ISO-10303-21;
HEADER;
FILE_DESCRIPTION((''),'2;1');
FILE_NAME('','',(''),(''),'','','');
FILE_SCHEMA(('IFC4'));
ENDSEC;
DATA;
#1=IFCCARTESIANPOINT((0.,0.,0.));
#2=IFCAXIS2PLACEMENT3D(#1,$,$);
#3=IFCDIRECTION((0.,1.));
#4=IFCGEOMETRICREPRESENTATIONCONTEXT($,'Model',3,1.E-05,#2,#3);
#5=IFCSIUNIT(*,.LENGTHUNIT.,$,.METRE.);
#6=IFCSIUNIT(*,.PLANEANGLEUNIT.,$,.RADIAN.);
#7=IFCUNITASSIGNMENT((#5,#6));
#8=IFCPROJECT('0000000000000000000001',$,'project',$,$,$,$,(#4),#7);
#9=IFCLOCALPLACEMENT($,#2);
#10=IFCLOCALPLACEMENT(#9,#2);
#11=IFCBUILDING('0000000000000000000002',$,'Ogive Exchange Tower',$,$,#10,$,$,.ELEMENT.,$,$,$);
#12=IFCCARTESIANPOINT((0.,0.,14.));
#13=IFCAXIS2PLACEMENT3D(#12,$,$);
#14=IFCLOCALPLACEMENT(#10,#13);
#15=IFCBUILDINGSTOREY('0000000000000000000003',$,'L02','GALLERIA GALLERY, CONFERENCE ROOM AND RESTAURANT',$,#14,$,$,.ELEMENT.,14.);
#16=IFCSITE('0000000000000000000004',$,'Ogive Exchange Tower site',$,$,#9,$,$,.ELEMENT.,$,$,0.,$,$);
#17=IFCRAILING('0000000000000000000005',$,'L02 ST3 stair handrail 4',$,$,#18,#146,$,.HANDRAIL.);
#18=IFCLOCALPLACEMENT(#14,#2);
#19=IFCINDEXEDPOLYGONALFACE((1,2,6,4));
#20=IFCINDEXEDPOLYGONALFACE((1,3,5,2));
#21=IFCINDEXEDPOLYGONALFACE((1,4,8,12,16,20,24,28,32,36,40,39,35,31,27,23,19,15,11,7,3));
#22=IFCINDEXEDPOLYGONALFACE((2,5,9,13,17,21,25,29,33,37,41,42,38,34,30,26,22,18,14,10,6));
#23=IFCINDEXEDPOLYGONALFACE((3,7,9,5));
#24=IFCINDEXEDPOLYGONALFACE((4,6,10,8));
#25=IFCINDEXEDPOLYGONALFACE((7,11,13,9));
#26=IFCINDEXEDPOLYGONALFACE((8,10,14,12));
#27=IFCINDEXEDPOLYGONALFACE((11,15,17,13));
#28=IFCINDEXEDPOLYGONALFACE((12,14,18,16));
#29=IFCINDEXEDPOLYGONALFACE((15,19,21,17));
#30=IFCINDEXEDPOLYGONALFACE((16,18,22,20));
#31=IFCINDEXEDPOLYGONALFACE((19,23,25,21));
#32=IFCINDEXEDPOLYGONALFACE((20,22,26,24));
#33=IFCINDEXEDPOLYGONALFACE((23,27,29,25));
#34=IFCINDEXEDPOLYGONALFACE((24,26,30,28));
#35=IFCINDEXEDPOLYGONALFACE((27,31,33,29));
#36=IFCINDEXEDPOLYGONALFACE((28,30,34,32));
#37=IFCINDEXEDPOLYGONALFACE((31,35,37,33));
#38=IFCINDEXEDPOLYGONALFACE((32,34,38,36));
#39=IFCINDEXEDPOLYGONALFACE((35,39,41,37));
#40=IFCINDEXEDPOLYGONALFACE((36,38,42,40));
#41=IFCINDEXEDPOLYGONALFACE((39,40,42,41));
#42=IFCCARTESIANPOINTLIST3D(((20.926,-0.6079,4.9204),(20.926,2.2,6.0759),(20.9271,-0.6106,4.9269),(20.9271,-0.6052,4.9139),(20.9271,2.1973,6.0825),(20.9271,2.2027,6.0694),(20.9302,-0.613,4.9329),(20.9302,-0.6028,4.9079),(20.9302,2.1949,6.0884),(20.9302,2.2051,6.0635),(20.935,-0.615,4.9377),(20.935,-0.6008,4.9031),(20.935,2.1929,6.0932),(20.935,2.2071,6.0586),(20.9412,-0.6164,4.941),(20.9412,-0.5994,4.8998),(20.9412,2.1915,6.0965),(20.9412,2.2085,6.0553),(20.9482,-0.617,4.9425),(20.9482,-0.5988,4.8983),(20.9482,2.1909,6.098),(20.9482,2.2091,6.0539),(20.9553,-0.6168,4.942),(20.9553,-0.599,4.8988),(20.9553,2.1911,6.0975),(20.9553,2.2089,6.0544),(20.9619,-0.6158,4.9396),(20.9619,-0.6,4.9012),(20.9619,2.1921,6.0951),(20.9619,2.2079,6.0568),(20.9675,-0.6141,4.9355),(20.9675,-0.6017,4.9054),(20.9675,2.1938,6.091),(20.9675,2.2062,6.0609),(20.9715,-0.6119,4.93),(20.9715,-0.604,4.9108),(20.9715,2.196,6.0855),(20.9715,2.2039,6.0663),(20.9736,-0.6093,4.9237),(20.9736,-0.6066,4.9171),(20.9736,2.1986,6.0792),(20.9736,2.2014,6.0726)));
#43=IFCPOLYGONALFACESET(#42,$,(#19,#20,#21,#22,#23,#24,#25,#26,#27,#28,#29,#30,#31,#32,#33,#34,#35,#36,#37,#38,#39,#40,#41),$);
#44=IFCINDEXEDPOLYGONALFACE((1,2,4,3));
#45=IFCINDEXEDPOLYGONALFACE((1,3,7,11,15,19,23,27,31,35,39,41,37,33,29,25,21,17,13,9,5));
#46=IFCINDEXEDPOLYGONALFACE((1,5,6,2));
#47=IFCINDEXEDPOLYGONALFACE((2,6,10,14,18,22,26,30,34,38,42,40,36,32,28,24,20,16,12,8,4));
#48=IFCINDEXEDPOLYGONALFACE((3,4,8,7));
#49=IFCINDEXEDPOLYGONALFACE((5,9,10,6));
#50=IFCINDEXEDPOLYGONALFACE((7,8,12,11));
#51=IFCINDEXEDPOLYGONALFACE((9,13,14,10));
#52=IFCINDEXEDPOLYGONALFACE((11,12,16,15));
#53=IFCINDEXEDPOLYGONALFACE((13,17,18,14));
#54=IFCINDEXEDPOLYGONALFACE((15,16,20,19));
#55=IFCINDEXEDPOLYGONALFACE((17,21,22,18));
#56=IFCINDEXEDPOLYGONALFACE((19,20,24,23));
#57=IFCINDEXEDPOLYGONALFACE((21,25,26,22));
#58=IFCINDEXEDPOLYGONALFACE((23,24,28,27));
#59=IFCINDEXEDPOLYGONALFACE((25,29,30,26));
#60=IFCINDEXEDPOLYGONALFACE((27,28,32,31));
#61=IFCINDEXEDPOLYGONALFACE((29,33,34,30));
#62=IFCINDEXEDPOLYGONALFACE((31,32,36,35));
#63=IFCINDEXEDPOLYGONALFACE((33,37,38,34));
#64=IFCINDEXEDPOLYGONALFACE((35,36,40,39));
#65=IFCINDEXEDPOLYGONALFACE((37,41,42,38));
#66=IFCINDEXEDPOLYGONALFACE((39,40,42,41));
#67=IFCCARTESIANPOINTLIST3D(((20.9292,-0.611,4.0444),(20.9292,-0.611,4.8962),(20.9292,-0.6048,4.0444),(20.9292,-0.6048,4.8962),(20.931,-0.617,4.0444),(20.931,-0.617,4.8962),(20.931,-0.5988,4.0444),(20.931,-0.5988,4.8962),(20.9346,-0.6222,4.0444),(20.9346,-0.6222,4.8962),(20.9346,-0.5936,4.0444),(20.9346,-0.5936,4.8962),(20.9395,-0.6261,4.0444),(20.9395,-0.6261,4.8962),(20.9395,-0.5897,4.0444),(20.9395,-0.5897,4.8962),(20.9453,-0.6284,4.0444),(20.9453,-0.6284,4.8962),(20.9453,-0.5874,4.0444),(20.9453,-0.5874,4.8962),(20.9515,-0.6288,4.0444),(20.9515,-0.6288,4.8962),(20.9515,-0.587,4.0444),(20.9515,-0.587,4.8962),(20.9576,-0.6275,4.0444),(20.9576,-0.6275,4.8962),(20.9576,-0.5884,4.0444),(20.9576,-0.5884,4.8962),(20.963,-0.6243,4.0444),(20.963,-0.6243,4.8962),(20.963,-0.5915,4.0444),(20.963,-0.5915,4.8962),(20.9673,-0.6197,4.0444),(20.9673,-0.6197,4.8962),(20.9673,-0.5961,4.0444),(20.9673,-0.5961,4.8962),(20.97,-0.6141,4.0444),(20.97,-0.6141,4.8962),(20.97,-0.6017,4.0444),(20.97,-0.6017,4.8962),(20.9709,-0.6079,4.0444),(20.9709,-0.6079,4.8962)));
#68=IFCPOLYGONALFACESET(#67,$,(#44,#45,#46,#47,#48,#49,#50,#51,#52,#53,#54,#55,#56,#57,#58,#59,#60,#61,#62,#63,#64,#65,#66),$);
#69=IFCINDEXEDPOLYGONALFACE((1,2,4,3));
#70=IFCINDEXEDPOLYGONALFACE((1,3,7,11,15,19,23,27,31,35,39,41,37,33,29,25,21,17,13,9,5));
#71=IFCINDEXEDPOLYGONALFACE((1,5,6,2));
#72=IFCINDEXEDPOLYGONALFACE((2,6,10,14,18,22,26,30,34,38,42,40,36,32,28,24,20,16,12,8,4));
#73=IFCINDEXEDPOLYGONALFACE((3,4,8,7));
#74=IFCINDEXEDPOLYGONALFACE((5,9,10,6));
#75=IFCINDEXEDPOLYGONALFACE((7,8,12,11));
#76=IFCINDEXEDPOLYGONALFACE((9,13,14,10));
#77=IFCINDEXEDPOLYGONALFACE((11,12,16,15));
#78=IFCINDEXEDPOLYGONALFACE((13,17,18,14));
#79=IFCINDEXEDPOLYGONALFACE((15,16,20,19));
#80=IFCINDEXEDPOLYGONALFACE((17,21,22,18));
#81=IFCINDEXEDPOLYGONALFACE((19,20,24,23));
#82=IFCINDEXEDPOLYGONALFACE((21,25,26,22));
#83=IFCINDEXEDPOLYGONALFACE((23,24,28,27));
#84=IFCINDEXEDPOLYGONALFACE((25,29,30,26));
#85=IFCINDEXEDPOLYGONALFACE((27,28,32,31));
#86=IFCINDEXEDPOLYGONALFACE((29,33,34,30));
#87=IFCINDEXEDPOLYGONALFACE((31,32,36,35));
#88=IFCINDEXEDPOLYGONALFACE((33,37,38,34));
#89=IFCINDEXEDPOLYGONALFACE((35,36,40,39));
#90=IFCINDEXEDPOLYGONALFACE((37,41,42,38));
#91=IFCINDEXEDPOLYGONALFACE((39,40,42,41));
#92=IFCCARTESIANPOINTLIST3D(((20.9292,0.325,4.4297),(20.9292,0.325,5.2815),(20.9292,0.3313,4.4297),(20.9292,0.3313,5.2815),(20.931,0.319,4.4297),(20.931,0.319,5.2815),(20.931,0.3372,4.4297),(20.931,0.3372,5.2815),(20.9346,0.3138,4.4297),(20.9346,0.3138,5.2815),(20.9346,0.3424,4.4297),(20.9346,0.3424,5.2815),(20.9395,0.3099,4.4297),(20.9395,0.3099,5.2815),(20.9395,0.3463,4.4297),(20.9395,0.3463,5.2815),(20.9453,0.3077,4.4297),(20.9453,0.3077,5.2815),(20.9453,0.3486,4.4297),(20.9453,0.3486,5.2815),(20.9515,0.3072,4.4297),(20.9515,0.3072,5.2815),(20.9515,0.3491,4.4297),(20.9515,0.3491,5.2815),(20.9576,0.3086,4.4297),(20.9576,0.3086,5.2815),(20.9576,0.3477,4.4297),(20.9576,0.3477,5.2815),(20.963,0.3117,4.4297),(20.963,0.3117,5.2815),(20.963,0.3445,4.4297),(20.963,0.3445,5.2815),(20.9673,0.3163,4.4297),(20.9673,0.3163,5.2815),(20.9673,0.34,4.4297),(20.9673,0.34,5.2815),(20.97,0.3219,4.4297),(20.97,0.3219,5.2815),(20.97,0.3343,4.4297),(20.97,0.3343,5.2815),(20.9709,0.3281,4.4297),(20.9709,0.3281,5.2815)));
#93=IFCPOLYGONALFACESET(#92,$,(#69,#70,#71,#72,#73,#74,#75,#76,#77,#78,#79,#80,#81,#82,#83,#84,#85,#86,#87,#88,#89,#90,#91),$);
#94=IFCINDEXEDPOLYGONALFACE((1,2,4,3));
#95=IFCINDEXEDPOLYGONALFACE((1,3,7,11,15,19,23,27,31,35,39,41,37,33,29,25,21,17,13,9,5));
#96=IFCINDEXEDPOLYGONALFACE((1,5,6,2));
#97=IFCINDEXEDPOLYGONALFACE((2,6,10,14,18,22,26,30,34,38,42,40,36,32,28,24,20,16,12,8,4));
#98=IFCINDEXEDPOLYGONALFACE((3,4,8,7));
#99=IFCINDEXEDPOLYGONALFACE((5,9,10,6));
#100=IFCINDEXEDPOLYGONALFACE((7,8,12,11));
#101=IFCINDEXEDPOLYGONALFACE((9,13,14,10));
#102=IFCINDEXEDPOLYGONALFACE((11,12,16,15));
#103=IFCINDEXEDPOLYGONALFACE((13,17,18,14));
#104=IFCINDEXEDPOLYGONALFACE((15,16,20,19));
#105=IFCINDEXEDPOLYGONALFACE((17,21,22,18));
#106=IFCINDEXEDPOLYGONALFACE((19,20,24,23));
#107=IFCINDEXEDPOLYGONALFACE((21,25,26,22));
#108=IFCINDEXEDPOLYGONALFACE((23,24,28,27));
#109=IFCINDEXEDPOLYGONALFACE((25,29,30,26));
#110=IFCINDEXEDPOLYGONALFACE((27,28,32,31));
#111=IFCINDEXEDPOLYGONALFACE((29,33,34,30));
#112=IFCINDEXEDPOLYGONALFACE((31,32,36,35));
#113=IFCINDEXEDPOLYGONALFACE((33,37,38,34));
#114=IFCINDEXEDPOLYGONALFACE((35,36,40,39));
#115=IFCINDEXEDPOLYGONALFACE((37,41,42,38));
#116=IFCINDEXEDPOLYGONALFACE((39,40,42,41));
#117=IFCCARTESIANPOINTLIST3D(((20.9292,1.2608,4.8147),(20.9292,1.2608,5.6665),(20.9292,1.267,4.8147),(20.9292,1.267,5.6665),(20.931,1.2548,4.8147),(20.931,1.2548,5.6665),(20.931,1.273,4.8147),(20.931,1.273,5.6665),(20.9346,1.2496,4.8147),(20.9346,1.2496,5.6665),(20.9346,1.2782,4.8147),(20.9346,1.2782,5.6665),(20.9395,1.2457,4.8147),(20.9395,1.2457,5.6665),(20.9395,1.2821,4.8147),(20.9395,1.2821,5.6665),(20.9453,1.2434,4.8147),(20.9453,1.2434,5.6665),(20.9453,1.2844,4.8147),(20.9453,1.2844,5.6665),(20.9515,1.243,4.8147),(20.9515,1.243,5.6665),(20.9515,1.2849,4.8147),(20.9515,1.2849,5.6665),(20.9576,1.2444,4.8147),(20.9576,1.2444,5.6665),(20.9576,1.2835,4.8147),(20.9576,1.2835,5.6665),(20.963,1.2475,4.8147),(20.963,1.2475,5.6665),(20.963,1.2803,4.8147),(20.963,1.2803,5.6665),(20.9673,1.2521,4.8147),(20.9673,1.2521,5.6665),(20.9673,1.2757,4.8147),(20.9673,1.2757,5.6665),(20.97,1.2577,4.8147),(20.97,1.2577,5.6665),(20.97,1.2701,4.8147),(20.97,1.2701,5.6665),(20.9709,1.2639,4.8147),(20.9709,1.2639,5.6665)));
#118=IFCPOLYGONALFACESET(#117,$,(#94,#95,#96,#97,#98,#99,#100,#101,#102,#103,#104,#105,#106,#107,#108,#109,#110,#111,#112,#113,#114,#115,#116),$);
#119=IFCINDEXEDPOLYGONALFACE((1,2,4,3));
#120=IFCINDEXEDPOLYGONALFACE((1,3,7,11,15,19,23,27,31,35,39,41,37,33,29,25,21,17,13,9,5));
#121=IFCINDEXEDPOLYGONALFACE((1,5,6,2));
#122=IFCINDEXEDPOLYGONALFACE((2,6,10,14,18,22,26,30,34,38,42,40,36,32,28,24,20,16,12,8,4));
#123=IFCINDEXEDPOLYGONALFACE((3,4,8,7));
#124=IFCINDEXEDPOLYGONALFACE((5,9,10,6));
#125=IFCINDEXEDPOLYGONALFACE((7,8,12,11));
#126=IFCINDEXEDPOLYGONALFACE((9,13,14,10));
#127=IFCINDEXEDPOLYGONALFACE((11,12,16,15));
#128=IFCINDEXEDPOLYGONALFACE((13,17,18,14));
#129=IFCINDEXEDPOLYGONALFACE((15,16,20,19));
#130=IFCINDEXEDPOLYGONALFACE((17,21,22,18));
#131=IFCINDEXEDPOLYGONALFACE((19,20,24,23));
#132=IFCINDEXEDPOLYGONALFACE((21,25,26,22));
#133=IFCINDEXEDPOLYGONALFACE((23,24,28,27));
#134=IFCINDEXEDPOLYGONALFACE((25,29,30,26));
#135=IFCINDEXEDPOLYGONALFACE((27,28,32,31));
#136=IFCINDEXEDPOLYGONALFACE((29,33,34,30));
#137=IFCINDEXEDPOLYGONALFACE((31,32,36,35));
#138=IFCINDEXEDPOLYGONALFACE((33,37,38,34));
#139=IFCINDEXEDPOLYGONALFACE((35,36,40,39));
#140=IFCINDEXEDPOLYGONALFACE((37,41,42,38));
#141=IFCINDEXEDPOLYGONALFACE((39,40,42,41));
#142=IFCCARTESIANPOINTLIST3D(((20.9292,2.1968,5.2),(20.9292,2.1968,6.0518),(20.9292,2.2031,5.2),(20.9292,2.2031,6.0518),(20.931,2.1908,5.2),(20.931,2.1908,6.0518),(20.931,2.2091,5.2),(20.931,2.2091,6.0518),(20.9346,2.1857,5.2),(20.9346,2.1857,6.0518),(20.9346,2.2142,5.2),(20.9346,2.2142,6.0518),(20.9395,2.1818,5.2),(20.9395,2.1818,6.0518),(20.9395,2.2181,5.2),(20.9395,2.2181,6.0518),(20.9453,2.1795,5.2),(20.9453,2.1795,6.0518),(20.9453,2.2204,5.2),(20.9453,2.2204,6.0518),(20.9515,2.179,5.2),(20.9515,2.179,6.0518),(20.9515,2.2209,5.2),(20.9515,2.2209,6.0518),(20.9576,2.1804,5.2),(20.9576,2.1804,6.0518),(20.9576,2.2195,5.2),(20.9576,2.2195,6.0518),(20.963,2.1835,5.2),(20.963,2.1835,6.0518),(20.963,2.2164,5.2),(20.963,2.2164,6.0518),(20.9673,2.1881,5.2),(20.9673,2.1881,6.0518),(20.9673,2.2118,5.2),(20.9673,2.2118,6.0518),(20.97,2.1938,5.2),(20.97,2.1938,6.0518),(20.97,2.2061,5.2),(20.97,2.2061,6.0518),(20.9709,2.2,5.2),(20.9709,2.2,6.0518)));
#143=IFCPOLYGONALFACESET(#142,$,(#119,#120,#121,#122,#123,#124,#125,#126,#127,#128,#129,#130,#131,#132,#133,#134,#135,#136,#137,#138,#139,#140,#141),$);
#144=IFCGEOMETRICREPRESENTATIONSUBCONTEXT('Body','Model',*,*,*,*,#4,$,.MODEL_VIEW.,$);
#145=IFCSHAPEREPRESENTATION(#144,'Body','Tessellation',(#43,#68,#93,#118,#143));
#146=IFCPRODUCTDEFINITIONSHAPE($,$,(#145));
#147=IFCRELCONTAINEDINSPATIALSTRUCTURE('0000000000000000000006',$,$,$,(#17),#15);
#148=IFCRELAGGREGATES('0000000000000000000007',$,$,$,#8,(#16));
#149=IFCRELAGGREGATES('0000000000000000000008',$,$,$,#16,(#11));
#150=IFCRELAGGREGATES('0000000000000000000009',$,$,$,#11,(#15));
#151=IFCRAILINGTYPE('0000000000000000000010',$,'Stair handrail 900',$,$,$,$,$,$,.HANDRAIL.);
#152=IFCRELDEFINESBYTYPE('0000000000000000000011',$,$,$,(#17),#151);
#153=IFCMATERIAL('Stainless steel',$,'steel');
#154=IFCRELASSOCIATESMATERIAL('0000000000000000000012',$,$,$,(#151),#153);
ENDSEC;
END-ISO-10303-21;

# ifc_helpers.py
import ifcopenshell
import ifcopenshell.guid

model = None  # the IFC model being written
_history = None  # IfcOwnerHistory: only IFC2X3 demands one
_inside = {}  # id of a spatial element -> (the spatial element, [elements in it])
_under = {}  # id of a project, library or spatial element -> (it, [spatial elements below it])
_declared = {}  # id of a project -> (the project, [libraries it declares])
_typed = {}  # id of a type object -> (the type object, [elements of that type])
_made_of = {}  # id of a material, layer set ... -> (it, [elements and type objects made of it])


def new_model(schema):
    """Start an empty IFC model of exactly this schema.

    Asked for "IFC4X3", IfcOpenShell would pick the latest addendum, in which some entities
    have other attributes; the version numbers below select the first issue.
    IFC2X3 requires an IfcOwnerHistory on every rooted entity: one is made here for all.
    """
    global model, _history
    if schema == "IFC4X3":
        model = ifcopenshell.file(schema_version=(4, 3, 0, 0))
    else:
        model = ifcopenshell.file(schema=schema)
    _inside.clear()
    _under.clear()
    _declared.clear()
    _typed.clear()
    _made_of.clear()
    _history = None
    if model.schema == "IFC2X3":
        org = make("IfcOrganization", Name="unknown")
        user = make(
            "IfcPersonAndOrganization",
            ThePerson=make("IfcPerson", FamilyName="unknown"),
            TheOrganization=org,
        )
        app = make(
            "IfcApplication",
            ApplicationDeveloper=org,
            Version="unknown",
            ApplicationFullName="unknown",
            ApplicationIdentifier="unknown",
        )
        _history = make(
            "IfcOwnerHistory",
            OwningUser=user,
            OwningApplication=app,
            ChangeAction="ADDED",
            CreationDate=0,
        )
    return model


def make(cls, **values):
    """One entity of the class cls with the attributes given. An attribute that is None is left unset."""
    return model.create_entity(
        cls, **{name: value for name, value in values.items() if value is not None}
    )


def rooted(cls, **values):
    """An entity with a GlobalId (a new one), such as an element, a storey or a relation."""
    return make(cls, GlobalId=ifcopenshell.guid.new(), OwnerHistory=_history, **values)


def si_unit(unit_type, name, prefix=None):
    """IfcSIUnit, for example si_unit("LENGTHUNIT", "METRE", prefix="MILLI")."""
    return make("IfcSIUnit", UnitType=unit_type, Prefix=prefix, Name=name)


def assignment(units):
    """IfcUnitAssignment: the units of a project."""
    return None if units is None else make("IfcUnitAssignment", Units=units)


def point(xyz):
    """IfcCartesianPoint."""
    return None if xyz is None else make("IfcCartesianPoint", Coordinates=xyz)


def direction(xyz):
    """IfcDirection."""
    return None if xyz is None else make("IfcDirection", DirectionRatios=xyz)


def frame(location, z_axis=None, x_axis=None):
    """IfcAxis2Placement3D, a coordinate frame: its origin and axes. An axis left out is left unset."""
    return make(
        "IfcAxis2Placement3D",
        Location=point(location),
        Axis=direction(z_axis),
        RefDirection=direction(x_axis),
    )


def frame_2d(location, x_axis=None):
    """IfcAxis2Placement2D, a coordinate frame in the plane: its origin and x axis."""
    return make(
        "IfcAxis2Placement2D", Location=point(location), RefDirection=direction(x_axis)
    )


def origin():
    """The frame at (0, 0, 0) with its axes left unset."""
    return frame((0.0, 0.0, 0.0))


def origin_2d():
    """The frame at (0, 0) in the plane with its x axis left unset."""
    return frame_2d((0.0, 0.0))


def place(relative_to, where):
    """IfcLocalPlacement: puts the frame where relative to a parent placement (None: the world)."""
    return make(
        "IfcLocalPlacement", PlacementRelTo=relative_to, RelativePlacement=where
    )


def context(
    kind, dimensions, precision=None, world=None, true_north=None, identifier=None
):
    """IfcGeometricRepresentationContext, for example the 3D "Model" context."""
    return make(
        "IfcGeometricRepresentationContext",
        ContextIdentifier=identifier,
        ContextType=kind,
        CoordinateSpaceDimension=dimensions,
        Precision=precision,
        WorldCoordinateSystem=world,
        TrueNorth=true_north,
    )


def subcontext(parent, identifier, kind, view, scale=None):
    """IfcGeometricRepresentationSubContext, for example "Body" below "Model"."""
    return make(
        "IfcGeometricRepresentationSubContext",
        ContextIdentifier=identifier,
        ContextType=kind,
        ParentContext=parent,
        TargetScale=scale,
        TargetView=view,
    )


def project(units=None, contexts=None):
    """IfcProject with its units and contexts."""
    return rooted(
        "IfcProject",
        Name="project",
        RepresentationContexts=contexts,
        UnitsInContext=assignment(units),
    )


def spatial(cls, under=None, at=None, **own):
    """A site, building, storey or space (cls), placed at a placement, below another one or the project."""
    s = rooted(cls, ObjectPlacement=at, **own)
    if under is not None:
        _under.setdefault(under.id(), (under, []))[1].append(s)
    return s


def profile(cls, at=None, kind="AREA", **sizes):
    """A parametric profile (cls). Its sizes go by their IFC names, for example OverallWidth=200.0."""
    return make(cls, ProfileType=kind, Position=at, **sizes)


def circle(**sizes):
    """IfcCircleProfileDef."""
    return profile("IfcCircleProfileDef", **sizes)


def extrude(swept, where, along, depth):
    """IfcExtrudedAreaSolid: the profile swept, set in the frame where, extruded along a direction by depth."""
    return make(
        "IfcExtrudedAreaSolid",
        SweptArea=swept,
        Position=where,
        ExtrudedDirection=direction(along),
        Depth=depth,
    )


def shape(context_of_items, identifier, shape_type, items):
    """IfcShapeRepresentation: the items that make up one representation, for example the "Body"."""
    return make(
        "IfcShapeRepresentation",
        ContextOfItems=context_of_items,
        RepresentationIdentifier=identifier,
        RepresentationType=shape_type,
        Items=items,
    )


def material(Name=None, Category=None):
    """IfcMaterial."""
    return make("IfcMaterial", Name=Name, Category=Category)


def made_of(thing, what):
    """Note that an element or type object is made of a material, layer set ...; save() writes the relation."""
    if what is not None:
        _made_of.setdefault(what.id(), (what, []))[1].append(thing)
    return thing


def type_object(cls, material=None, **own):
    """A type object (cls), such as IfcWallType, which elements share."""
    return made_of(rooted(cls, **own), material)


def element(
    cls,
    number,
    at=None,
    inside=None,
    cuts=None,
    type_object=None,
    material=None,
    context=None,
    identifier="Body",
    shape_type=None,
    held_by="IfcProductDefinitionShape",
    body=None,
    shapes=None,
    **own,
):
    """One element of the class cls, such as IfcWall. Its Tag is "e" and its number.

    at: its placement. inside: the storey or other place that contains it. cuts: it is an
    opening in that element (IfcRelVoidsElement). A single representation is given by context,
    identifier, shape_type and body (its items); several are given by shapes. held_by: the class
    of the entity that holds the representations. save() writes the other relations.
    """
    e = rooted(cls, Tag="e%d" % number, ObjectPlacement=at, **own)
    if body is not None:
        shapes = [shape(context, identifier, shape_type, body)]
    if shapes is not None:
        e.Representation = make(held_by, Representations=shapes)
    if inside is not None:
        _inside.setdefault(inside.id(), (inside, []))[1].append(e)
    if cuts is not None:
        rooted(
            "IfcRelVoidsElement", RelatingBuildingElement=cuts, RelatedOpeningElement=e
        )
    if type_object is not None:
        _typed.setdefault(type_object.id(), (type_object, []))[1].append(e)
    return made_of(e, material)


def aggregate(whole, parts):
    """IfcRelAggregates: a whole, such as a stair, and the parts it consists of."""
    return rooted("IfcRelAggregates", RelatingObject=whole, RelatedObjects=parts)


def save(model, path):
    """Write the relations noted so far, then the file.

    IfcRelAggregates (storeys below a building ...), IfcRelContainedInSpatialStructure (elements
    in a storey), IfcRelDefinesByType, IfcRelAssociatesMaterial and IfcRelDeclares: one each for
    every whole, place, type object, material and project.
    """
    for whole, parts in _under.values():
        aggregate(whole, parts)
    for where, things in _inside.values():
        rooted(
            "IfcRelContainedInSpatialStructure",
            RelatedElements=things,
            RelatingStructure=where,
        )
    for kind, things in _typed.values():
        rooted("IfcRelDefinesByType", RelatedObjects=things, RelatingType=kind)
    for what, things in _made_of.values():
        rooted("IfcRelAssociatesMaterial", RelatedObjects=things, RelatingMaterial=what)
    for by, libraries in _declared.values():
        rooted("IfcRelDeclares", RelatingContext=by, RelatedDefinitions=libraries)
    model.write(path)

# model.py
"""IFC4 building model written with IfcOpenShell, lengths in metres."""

from ifc_helpers import new_model, si_unit, direction, frame, origin, origin_2d, place, context, subcontext, project, spatial, circle, extrude, material, type_object, element, save


model = new_model("IFC4")

# Units and contexts
model_context = context("Model", 3, precision=1e-05, world=origin(), true_north=direction((0.0, 1.0)))
body_context = subcontext(model_context, "Body", "Model", "MODEL_VIEW")
ifc_project = project(units=[si_unit("LENGTHUNIT", "METRE"), si_unit("PLANEANGLEUNIT", "RADIAN")], contexts=[model_context])

# Site, building, storey
site_placement = place(None, origin())
site = spatial("IfcSite", under=ifc_project, at=site_placement, Name="Ogive Exchange Tower site", CompositionType="ELEMENT", RefElevation=0.0)
building_placement = place(site_placement, origin())
building = spatial("IfcBuilding", under=site, at=building_placement, Name="Ogive Exchange Tower", CompositionType="ELEMENT")
storey_placement = place(building_placement, frame((0.0, 0.0, 14.0)))
storey = spatial("IfcBuildingStorey", under=building, at=storey_placement, Name="L02", Description="GALLERIA GALLERY, CONFERENCE ROOM AND RESTAURANT", CompositionType="ELEMENT", Elevation=14.0)

# Shared definitions
ifc_material_1 = material(Name="Stainless steel", Category="steel")

# Railing
railing_type = type_object("IfcRailingType", Name="Stair handrail 900", PredefinedType="HANDRAIL", material=ifc_material_1)
railing_1_placement = place(storey_placement, frame((20.95, -0.6079, 4.0444)))
element("IfcRailing", 1, at=railing_1_placement, inside=storey, type_object=railing_type, Name="L02 ST3 stair handrail 4", PredefinedType="HANDRAIL", context=body_context, shape_type="SweptSolid", body=[
    extrude(circle(Radius=0.0239, at=origin_2d()), frame((0.0, 0.0, 0.876), z_axis=(0.0, 0.924755, 0.380564), x_axis=(-1.0, 0.0, 0.0)), (0.0, 0.0, 1.0), 3.0364),
    extrude(circle(Radius=0.021, at=origin_2d()), origin(), (0.0, 0.0, 1.0), 0.8518),
    extrude(circle(Radius=0.021, at=origin_2d()), frame((0.0, 0.936, 0.3853)), (0.0, 0.0, 1.0), 0.8518),
    extrude(circle(Radius=0.021, at=origin_2d()), frame((0.0, 1.8718, 0.7703)), (0.0, 0.0, 1.0), 0.8518),
    extrude(circle(Radius=0.021, at=origin_2d()), frame((0.0, 2.8079, 1.1555)), (0.0, 0.0, 1.0), 0.8518),
])

save(model, "model.ifc")
